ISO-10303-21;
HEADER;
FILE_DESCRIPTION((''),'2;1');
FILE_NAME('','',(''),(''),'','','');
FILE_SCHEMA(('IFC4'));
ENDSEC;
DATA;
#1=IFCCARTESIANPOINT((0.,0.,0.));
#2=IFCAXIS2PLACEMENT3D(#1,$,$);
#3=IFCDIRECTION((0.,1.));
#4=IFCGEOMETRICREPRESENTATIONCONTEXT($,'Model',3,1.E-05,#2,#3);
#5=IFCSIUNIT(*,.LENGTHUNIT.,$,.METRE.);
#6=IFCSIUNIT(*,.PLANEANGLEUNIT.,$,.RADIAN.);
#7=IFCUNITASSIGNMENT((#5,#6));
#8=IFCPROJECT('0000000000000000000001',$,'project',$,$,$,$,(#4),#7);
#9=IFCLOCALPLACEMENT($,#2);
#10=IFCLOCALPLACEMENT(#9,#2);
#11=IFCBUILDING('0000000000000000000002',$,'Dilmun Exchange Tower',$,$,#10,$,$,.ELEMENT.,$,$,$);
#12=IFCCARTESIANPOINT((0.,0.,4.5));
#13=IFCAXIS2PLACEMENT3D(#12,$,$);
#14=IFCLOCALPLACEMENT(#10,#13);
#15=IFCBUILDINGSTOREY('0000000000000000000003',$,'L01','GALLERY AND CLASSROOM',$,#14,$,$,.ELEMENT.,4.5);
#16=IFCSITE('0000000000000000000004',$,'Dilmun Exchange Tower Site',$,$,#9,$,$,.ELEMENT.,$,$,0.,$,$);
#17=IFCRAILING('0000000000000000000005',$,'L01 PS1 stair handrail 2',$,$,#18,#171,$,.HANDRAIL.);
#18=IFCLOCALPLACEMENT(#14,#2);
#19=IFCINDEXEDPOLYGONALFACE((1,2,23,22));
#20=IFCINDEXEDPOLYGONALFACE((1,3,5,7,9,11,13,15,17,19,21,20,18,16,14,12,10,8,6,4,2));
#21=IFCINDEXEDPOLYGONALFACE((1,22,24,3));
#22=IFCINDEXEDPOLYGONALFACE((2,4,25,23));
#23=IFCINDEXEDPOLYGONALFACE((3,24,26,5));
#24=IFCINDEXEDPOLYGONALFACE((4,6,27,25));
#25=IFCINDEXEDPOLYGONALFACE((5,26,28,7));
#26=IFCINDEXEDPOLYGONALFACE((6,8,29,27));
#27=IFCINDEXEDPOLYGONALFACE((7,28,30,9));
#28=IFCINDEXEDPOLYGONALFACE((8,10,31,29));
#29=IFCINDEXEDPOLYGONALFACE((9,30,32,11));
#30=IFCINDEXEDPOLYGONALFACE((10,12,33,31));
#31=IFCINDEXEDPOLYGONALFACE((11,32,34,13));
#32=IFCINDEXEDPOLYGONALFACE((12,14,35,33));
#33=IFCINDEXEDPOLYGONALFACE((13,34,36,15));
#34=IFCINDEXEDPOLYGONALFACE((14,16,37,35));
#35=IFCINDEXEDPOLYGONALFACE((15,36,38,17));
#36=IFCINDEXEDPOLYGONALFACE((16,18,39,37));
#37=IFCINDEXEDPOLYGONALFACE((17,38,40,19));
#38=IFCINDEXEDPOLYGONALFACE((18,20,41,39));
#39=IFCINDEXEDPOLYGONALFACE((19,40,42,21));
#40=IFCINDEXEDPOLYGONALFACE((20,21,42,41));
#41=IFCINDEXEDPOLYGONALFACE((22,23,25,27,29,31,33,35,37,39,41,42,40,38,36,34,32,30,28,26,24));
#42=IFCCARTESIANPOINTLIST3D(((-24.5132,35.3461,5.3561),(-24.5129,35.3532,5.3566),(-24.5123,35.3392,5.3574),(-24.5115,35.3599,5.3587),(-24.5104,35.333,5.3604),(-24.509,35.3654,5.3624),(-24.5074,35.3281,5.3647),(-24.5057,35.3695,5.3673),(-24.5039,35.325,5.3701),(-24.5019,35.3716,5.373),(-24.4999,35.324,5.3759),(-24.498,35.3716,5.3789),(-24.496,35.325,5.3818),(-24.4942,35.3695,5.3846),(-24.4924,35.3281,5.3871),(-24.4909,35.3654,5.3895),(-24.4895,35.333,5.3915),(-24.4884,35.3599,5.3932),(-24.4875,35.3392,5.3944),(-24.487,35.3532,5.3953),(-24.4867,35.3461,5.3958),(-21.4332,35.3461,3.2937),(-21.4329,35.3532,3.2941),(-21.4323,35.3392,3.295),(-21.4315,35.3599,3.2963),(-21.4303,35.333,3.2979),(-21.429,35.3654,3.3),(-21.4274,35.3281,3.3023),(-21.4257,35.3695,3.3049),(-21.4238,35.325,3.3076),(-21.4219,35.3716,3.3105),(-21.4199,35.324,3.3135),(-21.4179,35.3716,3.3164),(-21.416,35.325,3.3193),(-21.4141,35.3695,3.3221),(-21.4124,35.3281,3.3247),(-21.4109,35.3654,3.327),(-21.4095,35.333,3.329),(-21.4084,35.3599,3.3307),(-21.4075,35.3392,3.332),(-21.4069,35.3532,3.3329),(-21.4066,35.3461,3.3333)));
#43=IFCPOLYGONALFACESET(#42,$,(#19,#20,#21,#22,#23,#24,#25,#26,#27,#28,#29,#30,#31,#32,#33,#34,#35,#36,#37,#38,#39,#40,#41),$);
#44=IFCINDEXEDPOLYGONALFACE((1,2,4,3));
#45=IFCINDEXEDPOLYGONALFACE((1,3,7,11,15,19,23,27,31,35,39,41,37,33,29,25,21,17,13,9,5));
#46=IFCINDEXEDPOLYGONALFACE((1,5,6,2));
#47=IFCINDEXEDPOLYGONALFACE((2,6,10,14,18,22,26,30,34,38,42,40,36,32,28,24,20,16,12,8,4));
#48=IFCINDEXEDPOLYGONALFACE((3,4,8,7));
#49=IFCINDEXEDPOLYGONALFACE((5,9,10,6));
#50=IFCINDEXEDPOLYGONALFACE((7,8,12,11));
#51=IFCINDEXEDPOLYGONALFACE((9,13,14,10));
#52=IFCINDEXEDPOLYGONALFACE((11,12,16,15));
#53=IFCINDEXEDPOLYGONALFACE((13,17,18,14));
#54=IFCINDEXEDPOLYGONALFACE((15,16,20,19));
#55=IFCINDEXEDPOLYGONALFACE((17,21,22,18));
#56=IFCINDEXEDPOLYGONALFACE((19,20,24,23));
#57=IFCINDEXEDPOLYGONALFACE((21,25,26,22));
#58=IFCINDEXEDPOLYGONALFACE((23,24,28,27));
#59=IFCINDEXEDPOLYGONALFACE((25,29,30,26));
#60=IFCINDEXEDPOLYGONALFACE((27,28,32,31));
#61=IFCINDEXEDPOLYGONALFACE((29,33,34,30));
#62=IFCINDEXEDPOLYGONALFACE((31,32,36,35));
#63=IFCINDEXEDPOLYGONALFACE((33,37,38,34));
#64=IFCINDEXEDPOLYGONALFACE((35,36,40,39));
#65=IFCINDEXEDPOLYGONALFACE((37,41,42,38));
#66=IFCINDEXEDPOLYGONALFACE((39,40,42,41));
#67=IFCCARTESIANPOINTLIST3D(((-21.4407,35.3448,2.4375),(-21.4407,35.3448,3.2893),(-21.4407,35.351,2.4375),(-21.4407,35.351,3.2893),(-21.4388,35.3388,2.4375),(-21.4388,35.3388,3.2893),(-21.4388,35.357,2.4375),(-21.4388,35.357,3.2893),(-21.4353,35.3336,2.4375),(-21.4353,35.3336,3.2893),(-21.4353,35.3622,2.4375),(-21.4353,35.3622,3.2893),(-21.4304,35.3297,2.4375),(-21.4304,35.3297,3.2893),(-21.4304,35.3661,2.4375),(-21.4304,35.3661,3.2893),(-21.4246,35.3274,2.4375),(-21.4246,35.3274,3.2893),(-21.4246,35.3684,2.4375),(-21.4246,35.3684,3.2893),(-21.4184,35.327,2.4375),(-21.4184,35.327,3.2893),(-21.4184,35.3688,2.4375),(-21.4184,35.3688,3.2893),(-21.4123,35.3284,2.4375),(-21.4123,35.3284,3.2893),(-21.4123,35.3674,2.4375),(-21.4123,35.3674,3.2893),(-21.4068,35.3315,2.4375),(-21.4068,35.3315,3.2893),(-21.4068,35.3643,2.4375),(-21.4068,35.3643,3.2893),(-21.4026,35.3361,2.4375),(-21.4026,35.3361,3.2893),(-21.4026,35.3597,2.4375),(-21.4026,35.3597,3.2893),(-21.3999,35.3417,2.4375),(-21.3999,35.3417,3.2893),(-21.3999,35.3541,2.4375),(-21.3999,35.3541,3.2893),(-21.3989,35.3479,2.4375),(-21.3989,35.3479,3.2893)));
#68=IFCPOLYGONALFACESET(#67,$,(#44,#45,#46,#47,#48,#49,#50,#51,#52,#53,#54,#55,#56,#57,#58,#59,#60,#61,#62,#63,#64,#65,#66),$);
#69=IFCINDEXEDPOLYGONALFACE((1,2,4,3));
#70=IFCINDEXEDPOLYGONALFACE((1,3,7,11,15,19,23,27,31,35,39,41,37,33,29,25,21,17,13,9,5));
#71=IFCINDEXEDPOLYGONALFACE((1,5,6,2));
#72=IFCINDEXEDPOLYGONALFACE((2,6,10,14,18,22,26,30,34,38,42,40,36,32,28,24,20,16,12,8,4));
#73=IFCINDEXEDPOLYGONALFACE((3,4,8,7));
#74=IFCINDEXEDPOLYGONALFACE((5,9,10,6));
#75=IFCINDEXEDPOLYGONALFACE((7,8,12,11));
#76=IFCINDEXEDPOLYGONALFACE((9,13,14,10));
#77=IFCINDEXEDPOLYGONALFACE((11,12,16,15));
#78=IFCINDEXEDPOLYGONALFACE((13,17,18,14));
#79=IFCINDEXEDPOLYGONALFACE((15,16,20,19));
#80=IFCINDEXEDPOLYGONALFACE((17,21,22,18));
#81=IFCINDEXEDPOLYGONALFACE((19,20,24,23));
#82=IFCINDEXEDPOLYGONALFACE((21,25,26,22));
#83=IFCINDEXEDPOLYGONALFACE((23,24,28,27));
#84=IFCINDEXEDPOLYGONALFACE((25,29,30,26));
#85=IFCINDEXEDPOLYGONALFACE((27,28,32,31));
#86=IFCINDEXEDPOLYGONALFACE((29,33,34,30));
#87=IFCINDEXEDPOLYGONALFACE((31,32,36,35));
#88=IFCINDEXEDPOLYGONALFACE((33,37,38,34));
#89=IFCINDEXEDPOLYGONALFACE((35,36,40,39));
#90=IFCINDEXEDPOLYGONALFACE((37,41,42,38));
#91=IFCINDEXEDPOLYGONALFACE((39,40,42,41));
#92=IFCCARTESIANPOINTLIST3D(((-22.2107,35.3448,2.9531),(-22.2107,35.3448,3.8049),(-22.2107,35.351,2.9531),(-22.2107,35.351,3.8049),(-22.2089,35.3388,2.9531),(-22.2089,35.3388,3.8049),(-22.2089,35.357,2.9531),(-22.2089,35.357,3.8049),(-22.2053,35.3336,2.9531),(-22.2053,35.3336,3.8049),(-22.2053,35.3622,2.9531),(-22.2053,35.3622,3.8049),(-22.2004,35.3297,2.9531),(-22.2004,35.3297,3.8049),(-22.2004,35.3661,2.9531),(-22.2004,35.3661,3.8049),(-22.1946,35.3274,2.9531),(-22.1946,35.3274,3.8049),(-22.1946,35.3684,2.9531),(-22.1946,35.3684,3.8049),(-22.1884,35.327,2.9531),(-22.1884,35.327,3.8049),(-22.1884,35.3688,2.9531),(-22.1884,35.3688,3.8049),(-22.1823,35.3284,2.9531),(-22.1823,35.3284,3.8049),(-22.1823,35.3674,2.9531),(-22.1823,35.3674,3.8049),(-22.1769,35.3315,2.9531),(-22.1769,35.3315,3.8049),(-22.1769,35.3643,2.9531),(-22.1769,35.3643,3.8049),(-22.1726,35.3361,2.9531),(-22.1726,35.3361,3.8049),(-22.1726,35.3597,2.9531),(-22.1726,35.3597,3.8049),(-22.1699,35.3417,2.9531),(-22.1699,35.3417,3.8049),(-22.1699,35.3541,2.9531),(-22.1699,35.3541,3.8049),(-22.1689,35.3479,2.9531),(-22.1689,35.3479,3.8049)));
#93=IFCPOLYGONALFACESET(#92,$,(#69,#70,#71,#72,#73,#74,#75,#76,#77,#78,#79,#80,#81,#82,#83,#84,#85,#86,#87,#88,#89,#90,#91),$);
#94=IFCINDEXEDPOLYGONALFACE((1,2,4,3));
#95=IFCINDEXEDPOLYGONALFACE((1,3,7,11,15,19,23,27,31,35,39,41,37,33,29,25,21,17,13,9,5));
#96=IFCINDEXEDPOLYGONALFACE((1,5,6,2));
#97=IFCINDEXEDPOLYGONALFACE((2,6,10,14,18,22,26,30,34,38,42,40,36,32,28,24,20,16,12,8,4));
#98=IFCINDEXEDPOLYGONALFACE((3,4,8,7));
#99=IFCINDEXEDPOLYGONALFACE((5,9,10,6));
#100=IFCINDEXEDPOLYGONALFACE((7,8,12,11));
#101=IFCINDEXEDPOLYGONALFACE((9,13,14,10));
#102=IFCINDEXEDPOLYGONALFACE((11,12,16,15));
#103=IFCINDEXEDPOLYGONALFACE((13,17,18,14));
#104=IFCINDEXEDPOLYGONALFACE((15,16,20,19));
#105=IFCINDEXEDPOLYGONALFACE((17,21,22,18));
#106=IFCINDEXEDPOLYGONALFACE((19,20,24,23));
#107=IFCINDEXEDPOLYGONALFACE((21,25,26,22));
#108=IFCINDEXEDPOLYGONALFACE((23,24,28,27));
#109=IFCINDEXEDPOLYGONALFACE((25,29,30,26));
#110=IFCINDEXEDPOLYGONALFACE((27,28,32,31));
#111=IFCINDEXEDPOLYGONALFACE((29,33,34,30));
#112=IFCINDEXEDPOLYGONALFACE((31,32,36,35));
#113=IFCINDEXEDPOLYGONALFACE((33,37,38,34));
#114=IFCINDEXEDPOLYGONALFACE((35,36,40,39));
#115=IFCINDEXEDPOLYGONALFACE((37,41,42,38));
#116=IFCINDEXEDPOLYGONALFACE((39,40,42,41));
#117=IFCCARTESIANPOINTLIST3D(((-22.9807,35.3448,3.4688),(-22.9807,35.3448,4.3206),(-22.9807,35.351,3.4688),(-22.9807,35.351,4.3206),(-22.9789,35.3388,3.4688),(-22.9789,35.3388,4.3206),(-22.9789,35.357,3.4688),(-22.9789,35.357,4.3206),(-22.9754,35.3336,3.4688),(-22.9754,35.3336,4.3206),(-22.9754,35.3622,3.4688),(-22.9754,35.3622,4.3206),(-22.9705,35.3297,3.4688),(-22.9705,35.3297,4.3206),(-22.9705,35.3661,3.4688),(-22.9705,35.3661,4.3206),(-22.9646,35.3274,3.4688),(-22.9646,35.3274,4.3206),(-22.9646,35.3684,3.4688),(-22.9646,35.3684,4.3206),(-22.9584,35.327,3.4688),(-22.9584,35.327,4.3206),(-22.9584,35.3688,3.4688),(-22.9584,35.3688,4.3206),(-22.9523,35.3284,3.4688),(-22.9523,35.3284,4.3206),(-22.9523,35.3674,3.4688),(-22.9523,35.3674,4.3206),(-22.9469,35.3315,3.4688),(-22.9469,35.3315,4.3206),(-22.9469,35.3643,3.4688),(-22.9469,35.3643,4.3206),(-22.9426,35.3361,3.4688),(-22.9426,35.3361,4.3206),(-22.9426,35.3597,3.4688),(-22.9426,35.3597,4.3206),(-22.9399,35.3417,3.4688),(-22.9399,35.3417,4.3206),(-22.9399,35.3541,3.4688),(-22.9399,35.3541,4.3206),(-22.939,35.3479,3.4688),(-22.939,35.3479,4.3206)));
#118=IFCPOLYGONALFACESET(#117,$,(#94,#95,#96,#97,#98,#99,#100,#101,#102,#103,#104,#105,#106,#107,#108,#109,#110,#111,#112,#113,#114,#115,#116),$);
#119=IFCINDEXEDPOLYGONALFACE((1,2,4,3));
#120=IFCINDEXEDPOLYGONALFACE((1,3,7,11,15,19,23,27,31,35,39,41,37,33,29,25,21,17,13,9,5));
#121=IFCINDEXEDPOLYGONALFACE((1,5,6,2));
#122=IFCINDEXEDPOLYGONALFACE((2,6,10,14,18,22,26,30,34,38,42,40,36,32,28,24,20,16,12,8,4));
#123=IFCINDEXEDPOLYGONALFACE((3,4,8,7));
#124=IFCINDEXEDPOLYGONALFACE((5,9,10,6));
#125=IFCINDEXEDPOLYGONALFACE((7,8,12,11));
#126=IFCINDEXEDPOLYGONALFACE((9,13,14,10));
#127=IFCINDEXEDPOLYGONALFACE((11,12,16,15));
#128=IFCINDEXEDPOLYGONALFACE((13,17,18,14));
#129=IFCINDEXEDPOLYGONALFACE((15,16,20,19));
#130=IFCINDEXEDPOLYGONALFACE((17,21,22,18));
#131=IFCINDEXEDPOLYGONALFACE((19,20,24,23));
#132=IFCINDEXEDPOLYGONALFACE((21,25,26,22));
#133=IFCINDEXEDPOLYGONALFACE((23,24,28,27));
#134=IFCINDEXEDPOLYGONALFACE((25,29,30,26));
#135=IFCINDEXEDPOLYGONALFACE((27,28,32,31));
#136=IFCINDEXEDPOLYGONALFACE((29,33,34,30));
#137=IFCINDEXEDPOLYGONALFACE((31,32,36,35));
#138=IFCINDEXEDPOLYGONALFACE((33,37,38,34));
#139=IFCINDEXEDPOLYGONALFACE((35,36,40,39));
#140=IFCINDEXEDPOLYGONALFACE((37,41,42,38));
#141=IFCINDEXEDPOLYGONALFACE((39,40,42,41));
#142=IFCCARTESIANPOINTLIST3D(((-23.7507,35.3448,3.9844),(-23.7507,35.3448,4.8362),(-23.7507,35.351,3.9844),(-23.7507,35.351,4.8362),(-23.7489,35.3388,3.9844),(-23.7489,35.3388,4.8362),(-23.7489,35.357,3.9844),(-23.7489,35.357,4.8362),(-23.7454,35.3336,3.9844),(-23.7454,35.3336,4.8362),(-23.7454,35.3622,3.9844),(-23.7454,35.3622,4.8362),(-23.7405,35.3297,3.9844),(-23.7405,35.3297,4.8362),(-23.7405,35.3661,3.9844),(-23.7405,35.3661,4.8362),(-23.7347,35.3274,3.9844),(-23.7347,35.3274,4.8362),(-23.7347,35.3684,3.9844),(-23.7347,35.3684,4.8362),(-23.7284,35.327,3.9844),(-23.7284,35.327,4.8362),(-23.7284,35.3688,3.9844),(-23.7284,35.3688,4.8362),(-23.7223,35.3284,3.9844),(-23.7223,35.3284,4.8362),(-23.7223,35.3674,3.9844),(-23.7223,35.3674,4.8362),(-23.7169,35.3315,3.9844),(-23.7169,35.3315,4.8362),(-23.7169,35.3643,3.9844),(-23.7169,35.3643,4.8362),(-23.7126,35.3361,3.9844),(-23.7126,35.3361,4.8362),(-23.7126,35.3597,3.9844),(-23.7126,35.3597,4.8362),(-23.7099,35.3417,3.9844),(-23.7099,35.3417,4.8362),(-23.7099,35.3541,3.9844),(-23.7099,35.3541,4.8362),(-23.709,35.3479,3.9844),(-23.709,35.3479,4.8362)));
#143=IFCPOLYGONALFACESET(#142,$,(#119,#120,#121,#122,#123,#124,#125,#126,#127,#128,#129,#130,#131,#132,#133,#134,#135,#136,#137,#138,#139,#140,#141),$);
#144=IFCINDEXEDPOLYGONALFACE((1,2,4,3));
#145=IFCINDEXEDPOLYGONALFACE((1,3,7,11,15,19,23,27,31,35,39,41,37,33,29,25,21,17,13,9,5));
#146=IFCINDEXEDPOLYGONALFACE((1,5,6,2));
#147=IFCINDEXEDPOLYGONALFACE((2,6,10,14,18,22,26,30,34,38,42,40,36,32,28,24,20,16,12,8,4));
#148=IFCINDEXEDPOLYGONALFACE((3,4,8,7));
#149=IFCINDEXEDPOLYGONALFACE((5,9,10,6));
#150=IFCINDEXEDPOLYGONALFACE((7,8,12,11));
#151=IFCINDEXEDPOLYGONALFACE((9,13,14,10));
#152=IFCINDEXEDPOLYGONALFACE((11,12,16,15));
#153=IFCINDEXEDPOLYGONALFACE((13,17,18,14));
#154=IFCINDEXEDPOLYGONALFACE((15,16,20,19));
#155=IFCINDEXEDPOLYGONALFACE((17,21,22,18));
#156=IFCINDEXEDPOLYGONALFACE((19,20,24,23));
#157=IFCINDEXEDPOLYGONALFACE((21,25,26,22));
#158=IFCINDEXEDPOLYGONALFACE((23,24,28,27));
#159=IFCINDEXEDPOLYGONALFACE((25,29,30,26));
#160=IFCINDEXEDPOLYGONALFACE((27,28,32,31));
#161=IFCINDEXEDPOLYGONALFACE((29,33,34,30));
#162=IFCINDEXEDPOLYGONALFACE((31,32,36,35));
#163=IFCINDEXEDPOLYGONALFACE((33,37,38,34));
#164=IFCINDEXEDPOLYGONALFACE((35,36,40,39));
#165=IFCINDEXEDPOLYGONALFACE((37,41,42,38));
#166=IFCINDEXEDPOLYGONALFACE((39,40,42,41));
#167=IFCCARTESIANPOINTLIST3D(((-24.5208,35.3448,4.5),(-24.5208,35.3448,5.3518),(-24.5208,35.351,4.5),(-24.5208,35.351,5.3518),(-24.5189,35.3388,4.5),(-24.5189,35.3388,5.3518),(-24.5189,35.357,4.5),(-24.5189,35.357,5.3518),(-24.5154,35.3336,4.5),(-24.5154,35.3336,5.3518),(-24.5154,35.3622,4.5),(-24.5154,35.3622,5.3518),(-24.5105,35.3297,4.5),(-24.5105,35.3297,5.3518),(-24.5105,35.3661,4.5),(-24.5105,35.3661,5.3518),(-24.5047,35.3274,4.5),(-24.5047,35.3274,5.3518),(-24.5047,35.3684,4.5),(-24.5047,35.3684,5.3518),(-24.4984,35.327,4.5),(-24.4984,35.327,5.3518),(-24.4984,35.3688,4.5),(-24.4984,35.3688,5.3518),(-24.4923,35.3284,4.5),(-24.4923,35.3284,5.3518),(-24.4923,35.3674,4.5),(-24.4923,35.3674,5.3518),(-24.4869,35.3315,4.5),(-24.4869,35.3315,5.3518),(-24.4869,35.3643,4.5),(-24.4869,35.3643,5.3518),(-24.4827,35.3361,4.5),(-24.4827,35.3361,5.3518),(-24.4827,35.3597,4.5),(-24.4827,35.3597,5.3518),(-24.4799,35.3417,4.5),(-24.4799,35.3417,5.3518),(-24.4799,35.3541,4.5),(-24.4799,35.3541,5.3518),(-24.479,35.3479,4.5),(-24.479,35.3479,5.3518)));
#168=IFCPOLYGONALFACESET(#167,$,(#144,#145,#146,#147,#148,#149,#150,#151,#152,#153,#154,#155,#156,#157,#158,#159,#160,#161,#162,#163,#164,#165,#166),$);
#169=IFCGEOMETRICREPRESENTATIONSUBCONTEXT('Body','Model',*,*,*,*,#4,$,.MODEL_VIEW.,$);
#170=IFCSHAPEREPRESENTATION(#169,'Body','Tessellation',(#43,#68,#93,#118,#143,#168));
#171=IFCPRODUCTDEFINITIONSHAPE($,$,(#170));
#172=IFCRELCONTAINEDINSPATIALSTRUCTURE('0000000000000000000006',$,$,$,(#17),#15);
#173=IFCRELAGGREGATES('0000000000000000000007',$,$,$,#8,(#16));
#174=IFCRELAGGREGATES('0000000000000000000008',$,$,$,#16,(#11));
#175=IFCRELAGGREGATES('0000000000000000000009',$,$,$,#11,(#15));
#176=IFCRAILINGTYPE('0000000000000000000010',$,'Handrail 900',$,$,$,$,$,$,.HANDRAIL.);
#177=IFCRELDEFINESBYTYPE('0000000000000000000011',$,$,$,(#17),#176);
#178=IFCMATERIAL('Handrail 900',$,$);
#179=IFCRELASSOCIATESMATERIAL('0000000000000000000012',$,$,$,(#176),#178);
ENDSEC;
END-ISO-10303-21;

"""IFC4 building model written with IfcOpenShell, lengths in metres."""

from ifc_helpers import new_model, si_unit, direction, frame, origin, origin_2d, place, context, subcontext, project, spatial, circle, extrude, material, type_object, element, save


model = new_model("IFC4")

# Units and contexts
model_context = context("Model", 3, precision=1e-05, world=origin(), true_north=direction((0.0, 1.0)))
body_context = subcontext(model_context, "Body", "Model", "MODEL_VIEW")
ifc_project = project(units=[si_unit("LENGTHUNIT", "METRE"), si_unit("PLANEANGLEUNIT", "RADIAN")], contexts=[model_context])

# Site, building, storey
site_placement = place(None, origin())
site = spatial("IfcSite", under=ifc_project, at=site_placement, Name="Dilmun Exchange Tower Site", CompositionType="ELEMENT", RefElevation=0.0)
building_placement = place(site_placement, origin())
building = spatial("IfcBuilding", under=site, at=building_placement, Name="Dilmun Exchange Tower", CompositionType="ELEMENT")
storey_placement = place(building_placement, frame((0.0, 0.0, 4.5)))
storey = spatial("IfcBuildingStorey", under=building, at=storey_placement, Name="L01", Description="GALLERY AND CLASSROOM", CompositionType="ELEMENT", Elevation=4.5)

# Railing
ifc_material_1 = material(Name="Handrail 900")
railing_type_1 = type_object("IfcRailingType", Name="Handrail 900", PredefinedType="HANDRAIL", material=ifc_material_1)
railing_1_placement = place(storey_placement, frame((-21.4199, 35.3479, 2.4375)))
element("IfcRailing", 1, at=railing_1_placement, inside=storey, type_object=railing_type_1, Name="L01 PS1 stair handrail 2", PredefinedType="HANDRAIL", context=body_context, shape_type="SweptSolid", body=[
    extrude(circle(Radius=0.0239, at=origin_2d()), frame((0.0, 0.0, 0.876), z_axis=(-0.830914, 0.0, 0.556401), x_axis=(0.0, -1.0, 0.0)), (0.0, 0.0, 1.0), 3.7068),
    extrude(circle(Radius=0.021, at=origin_2d()), origin(), (0.0, 0.0, 1.0), 0.8518),
    extrude(circle(Radius=0.021, at=origin_2d()), frame((-0.77, 0.0, 0.5156)), (0.0, 0.0, 1.0), 0.8518),
    extrude(circle(Radius=0.021, at=origin_2d()), frame((-1.54, 0.0, 1.0312)), (0.0, 0.0, 1.0), 0.8518),
    extrude(circle(Radius=0.021, at=origin_2d()), frame((-2.3101, 0.0, 1.5469)), (0.0, 0.0, 1.0), 0.8518),
    extrude(circle(Radius=0.021, at=origin_2d()), frame((-3.0801, 0.0, 2.0625)), (0.0, 0.0, 1.0), 0.8518),
])

save(model, "model.ifc")
